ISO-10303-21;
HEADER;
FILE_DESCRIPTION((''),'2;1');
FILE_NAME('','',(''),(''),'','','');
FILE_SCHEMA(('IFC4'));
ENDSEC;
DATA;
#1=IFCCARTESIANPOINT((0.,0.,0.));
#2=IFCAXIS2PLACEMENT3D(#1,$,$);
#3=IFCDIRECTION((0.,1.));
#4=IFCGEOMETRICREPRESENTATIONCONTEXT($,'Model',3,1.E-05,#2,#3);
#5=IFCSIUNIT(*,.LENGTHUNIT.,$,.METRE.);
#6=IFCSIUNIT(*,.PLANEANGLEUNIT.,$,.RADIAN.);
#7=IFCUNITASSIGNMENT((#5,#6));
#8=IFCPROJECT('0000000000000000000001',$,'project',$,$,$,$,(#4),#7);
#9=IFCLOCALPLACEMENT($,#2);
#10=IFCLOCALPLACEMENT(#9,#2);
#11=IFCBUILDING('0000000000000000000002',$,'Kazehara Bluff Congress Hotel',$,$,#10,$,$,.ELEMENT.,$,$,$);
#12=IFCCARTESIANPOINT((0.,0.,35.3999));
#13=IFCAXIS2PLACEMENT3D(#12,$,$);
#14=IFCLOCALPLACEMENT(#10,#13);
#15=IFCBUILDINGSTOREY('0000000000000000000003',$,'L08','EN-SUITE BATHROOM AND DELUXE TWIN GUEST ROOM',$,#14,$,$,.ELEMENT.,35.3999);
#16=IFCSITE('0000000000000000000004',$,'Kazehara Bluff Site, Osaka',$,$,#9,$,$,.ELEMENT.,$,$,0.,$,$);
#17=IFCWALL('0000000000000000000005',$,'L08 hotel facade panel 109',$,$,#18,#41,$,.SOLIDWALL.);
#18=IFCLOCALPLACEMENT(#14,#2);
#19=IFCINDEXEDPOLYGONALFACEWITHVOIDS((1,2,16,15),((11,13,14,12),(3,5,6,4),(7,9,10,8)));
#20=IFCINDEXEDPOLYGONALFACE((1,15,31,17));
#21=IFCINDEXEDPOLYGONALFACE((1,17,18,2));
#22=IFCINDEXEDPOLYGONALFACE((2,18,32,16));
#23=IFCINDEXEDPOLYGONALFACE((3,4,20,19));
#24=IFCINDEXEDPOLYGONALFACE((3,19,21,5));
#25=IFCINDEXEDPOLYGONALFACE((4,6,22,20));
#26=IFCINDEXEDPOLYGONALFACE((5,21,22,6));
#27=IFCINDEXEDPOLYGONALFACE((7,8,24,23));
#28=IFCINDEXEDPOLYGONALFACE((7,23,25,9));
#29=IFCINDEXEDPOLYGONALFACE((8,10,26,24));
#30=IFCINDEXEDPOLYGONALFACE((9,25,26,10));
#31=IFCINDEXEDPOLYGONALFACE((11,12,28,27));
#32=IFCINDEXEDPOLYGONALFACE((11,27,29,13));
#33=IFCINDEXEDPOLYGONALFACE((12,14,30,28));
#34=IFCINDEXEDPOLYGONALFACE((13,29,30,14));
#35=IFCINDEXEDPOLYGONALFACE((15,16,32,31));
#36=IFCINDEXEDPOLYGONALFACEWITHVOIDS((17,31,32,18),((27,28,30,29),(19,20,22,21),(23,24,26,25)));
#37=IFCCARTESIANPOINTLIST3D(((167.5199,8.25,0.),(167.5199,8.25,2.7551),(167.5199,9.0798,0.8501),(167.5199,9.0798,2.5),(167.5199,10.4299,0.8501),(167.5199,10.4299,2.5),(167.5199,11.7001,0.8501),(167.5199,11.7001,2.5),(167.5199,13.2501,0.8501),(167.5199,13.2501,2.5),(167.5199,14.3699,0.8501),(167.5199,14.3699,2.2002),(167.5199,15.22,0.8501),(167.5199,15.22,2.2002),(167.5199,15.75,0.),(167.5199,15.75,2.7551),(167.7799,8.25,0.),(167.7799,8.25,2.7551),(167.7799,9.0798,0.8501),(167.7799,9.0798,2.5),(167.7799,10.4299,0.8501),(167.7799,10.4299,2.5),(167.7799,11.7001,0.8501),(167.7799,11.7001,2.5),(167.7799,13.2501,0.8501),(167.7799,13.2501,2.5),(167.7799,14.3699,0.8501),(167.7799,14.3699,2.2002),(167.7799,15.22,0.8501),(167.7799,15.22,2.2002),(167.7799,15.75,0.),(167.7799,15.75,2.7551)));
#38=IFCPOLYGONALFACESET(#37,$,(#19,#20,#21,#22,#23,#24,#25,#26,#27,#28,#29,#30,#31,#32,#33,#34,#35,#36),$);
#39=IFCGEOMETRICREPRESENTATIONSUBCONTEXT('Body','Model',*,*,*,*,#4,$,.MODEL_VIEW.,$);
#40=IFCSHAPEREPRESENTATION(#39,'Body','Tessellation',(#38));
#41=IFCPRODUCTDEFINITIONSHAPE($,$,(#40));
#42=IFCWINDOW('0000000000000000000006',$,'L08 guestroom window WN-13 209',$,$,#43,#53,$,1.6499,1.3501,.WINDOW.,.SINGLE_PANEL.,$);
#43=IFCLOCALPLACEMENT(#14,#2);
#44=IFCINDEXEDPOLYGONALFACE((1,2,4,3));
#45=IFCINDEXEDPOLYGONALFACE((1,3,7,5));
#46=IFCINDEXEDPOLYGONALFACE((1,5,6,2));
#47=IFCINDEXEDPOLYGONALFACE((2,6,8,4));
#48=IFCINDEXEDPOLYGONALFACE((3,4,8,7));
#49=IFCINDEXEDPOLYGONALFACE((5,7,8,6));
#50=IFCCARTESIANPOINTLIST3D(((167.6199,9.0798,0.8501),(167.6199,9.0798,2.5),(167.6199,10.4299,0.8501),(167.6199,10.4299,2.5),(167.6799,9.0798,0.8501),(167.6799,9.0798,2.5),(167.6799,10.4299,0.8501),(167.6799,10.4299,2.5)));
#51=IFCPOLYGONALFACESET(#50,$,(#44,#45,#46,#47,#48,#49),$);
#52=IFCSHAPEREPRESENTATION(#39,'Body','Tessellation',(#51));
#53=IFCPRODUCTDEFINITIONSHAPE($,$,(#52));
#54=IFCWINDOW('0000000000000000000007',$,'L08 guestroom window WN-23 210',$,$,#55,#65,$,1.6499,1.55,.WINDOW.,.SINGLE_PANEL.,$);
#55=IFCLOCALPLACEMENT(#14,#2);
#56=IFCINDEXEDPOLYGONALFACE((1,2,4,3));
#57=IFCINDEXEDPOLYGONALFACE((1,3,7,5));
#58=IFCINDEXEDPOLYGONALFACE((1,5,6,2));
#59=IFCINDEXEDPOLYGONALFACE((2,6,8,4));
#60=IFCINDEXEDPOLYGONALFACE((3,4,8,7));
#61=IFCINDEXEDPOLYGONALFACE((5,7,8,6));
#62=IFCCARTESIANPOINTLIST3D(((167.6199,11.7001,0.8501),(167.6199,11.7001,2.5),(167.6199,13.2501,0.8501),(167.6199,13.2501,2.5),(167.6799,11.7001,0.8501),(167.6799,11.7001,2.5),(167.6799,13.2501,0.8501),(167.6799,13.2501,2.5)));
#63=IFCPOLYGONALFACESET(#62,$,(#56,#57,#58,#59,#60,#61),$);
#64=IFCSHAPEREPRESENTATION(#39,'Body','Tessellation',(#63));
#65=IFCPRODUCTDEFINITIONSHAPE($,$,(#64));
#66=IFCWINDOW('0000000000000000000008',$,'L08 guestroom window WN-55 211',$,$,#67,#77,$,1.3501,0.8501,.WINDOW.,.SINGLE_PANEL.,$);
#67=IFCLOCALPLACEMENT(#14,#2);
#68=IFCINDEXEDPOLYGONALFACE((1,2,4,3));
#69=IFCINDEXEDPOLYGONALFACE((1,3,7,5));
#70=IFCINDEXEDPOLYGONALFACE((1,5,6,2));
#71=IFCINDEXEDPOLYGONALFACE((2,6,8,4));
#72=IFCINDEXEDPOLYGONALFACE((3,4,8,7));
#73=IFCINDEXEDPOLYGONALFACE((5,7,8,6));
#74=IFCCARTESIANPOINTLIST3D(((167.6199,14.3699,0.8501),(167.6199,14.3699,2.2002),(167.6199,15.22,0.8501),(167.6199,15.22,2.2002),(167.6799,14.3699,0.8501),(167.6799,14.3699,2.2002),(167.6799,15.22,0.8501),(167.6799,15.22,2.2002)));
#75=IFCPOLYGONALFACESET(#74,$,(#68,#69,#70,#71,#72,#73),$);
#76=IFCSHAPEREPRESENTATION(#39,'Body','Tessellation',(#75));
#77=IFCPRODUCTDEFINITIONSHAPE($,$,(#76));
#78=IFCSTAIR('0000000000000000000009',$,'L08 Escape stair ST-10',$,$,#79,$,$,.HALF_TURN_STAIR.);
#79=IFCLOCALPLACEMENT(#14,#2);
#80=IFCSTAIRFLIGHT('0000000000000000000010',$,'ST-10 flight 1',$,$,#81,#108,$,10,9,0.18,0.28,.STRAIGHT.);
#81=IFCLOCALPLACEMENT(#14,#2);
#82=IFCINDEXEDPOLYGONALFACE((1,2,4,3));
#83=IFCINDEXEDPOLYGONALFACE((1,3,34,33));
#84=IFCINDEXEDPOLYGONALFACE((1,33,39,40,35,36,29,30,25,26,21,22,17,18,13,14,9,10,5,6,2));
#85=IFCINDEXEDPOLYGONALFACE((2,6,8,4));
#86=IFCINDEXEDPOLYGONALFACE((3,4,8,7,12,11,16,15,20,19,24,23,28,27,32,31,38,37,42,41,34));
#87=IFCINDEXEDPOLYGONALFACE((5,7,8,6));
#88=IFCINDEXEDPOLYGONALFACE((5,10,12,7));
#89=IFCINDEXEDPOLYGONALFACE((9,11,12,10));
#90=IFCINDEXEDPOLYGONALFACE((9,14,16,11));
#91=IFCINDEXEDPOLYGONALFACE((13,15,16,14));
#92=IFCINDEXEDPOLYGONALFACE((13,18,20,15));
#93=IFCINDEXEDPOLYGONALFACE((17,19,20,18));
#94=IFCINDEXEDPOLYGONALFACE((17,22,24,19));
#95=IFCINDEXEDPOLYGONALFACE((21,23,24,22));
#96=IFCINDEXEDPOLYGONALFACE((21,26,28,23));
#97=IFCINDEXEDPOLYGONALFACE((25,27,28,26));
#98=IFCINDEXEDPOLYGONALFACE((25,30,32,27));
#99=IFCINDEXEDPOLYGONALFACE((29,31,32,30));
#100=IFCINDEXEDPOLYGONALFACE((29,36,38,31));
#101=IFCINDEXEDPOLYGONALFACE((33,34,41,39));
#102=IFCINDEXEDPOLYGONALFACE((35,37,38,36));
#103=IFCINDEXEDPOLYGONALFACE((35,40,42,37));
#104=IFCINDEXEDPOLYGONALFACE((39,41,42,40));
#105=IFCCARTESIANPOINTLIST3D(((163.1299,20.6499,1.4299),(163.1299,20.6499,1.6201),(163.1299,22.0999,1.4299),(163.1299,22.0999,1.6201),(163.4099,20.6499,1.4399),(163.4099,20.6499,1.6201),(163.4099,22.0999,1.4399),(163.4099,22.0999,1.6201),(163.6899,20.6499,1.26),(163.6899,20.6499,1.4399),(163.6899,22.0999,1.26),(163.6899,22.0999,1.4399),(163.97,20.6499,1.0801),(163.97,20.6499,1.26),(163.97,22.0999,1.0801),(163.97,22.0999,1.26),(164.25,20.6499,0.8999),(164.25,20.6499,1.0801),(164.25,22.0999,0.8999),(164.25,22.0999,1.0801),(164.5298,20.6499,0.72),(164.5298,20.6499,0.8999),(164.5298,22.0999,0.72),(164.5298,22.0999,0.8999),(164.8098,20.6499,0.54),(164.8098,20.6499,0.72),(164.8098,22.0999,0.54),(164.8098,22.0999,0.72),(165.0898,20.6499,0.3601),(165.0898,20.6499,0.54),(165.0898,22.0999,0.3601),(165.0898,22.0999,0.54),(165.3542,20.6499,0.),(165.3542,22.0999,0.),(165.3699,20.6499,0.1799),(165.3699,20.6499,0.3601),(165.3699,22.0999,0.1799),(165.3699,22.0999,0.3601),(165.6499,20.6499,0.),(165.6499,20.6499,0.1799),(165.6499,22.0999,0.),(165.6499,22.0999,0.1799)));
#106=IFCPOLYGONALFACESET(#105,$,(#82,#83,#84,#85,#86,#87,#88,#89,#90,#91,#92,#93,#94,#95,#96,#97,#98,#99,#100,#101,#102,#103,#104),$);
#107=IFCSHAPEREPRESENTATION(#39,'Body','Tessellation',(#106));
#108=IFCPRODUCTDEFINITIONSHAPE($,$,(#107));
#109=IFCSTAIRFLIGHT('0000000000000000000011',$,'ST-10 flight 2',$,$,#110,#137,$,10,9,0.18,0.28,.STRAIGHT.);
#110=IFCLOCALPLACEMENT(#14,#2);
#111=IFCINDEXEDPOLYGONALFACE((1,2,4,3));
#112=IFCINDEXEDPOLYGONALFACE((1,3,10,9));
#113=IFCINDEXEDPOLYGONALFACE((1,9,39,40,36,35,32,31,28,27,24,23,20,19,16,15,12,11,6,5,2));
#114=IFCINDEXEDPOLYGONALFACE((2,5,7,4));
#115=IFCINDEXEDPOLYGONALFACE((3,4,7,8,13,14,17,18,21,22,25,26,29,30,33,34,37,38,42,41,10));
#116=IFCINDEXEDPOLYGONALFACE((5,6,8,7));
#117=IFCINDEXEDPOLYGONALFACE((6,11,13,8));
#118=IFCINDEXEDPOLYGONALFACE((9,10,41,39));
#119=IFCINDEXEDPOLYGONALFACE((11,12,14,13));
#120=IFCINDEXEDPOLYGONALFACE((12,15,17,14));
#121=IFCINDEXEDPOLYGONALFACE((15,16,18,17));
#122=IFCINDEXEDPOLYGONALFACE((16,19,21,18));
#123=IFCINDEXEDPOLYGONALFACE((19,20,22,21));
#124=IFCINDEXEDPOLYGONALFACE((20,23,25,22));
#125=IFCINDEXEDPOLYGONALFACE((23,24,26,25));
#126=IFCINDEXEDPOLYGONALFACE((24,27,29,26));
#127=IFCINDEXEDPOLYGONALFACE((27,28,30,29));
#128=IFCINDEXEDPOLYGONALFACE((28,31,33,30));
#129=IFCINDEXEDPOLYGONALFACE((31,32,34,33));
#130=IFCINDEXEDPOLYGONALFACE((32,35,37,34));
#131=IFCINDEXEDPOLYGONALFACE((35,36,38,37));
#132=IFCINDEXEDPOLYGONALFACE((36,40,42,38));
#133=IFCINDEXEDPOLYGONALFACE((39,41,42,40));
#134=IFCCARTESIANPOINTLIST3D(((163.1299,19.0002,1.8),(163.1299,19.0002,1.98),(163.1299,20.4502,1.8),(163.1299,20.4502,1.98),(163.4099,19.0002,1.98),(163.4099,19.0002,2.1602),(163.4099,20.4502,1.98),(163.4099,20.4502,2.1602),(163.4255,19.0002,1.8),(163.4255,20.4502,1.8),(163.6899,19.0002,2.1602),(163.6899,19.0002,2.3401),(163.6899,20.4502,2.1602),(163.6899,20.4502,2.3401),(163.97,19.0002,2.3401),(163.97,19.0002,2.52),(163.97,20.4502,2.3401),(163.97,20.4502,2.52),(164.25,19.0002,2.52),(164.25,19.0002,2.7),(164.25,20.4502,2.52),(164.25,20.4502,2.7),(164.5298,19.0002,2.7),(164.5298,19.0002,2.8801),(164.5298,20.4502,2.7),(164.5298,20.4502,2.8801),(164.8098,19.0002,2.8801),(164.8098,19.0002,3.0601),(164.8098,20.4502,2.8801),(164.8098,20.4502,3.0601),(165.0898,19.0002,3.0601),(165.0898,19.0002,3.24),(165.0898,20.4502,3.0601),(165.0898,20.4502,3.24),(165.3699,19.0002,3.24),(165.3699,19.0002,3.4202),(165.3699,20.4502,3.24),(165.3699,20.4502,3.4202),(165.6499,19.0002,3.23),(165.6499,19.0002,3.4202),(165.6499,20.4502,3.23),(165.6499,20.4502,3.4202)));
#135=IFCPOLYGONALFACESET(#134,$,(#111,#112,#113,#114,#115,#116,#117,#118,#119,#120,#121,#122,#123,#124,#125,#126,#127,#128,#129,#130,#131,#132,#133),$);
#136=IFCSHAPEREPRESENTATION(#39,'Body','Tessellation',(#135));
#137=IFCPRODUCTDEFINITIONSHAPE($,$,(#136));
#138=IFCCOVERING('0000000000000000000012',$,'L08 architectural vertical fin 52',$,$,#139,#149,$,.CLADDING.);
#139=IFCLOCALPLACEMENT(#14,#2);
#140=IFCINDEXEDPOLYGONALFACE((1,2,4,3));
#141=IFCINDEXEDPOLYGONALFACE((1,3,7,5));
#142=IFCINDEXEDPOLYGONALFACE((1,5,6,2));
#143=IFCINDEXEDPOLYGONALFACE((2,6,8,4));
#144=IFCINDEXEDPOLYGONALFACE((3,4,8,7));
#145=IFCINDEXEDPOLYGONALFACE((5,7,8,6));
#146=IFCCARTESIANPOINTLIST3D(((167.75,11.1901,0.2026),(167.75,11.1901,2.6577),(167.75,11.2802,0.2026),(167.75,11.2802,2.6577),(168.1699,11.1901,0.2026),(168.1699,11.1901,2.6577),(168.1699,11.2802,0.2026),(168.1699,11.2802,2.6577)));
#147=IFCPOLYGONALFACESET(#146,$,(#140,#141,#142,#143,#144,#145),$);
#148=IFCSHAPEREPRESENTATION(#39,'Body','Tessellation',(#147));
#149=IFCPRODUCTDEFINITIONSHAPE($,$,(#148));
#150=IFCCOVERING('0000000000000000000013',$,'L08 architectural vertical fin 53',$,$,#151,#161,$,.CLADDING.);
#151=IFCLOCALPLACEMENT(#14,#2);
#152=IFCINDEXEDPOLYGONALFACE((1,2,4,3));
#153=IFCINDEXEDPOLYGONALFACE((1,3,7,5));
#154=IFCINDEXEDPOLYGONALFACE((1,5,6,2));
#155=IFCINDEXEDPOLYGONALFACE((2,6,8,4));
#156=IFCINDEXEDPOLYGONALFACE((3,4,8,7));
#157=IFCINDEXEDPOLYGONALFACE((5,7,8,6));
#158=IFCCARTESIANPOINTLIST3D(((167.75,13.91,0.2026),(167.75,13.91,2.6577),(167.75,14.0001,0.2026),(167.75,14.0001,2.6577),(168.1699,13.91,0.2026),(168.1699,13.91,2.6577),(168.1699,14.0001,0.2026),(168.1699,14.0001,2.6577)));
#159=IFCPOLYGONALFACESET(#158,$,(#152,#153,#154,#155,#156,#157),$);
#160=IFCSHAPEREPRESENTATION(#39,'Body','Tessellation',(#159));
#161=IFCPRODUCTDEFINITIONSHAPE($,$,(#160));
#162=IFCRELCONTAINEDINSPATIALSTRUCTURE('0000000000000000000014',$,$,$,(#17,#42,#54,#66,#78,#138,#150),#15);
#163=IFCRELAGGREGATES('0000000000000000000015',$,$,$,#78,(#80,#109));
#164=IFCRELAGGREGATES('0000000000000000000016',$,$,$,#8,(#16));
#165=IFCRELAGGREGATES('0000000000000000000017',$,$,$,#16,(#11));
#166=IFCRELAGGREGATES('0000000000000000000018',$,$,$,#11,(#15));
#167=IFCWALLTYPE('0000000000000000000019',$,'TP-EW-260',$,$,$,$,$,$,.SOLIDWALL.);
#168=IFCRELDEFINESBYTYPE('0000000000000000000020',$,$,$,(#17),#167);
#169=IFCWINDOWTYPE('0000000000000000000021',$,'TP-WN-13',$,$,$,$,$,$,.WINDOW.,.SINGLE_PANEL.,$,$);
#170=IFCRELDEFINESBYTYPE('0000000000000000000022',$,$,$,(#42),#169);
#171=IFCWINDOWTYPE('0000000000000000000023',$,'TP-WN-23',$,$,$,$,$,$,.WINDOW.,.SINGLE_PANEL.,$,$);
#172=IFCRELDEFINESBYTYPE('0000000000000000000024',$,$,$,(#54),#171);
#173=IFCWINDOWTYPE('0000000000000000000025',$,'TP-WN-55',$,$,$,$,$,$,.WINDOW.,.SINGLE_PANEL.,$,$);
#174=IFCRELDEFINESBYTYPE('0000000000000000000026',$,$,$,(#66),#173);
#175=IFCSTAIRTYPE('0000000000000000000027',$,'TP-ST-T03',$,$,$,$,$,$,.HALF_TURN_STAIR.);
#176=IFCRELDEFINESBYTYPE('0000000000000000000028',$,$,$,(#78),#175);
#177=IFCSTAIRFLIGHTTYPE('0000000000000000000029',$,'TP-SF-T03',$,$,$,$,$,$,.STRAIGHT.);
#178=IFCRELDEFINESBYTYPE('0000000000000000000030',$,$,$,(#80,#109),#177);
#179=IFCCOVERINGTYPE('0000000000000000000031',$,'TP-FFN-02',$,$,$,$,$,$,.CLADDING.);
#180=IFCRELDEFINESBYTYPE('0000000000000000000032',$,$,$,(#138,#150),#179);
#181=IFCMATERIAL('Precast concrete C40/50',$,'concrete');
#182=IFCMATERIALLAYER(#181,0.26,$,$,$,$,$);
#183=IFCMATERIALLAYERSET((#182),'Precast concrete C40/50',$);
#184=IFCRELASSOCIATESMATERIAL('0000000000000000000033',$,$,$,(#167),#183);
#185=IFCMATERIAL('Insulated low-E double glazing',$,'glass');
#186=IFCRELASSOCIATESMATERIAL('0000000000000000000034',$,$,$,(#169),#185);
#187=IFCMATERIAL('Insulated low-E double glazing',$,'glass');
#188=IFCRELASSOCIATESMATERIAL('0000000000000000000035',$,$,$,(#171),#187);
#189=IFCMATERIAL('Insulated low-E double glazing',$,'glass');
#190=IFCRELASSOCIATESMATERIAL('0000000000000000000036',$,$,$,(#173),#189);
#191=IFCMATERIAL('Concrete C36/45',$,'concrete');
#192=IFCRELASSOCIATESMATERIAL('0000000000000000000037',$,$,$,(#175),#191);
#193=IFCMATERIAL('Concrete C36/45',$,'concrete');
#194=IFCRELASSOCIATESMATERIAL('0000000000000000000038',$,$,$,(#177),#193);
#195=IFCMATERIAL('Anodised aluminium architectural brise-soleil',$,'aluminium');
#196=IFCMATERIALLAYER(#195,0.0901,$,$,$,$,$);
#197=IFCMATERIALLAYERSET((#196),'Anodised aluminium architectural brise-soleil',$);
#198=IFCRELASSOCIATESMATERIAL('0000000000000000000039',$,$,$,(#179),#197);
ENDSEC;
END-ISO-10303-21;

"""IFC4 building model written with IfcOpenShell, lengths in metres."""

from ifc_helpers import new_model, si_unit, direction, frame, frame_2d, origin, origin_2d, place, context, subcontext, project, spatial, polyline, rectangle, outline, extrude, material, layer, layer_set, type_object, element, fill, aggregate, save


model = new_model("IFC4")

# Units and contexts
model_context = context("Model", 3, precision=1e-05, world=origin(), true_north=direction((0.0, 1.0)))
body_context = subcontext(model_context, "Body", "Model", "MODEL_VIEW")
ifc_project = project(units=[si_unit("LENGTHUNIT", "METRE"), si_unit("PLANEANGLEUNIT", "RADIAN")], contexts=[model_context])

# Site, building, storey
site_placement = place(None, origin())
site = spatial("IfcSite", under=ifc_project, at=site_placement, Name="Kazehara Bluff Site, Osaka", CompositionType="ELEMENT", RefElevation=0.0)
building_placement = place(site_placement, origin())
building = spatial("IfcBuilding", under=site, at=building_placement, Name="Kazehara Bluff Congress Hotel", CompositionType="ELEMENT")
storey_placement = place(building_placement, frame((0.0, 0.0, 35.3999)))
storey = spatial("IfcBuildingStorey", under=building, at=storey_placement, Name="L08", Description="EN-SUITE BATHROOM AND DELUXE TWIN GUEST ROOM", CompositionType="ELEMENT", Elevation=35.3999)

# Wall, openings, windows
ifc_material_1 = material(Name="Precast concrete C40/50", Category="concrete")
ifc_layer_1 = layer(ifc_material_1, 0.26)
ifc_layer_set_1 = layer_set([ifc_layer_1], Name="Precast concrete C40/50")
wall_type_1 = type_object("IfcWallType", Name="TP-EW-260", PredefinedType="SOLIDWALL", material=ifc_layer_set_1)
wall_1_placement = place(storey_placement, frame((167.6499, 15.75, 0.0), z_axis=(0.0, 0.0, 1.0), x_axis=(0.0, -1.0, 0.0)))
wall_1 = element("IfcWall", 1, at=wall_1_placement, inside=storey, type_object=wall_type_1, Name="L08 hotel facade panel 109", PredefinedType="SOLIDWALL", context=body_context, shape_type="SweptSolid", body=[
    extrude(rectangle(XDim=7.5, YDim=0.26, at=frame_2d((3.75, 0.0))), origin(), (0.0, 0.0, 1.0), 2.7551),
])
opening_1_placement = place(wall_1_placement, frame((5.3201, 0.0, 0.8501)))
opening_1 = element("IfcOpeningElement", 2, at=opening_1_placement, cuts=wall_1, PredefinedType="OPENING", context=body_context, shape_type="SweptSolid", body=[
    extrude(rectangle(XDim=1.3501, YDim=1.6499, at=frame_2d((0.675, 0.825))), frame((0.0, 0.1399, 0.0), z_axis=(0.0, -1.0, 0.0), x_axis=(1.0, 0.0, 0.0)), (0.0, 0.0, 1.0), 0.28),
])
opening_2_placement = place(wall_1_placement, frame((2.5, 0.0, 0.8501)))
opening_2 = element("IfcOpeningElement", 3, at=opening_2_placement, cuts=wall_1, PredefinedType="OPENING", context=body_context, shape_type="SweptSolid", body=[
    extrude(rectangle(XDim=1.55, YDim=1.6499, at=frame_2d((0.7749, 0.825))), frame((0.0, 0.1399, 0.0), z_axis=(0.0, -1.0, 0.0), x_axis=(1.0, 0.0, 0.0)), (0.0, 0.0, 1.0), 0.28),
])
opening_3_placement = place(wall_1_placement, frame((0.53, 0.0, 0.8501)))
opening_3 = element("IfcOpeningElement", 4, at=opening_3_placement, cuts=wall_1, PredefinedType="OPENING", context=body_context, shape_type="SweptSolid", body=[
    extrude(rectangle(XDim=0.8501, YDim=1.3501, at=frame_2d((0.425, 0.675))), frame((0.0, 0.1399, 0.0), z_axis=(0.0, -1.0, 0.0), x_axis=(1.0, 0.0, 0.0)), (0.0, 0.0, 1.0), 0.28),
])
ifc_material_2 = material(Name="Insulated low-E double glazing", Category="glass")
window_type_1 = type_object("IfcWindowType", Name="TP-WN-13", PartitioningType="SINGLE_PANEL", PredefinedType="WINDOW", material=ifc_material_2)
window_1_placement = place(opening_1_placement, origin())
window_1 = element("IfcWindow", 5, at=window_1_placement, inside=storey, type_object=window_type_1, Name="L08 guestroom window WN-13 209", OverallHeight=1.6499, OverallWidth=1.3501, PartitioningType="SINGLE_PANEL", PredefinedType="WINDOW", context=body_context, shape_type="SweptSolid", body=[
    extrude(rectangle(XDim=1.3501, YDim=1.6499, at=frame_2d((0.675, 0.825))), frame((0.0, 0.03, 0.0), z_axis=(0.0, -1.0, 0.0), x_axis=(1.0, 0.0, 0.0)), (0.0, 0.0, 1.0), 0.0601),
])
fill(opening_1, window_1)
ifc_material_3 = material(Name="Insulated low-E double glazing", Category="glass")
window_type_2 = type_object("IfcWindowType", Name="TP-WN-23", PartitioningType="SINGLE_PANEL", PredefinedType="WINDOW", material=ifc_material_3)
window_2_placement = place(opening_2_placement, origin())
window_2 = element("IfcWindow", 6, at=window_2_placement, inside=storey, type_object=window_type_2, Name="L08 guestroom window WN-23 210", OverallHeight=1.6499, OverallWidth=1.55, PartitioningType="SINGLE_PANEL", PredefinedType="WINDOW", context=body_context, shape_type="SweptSolid", body=[
    extrude(rectangle(XDim=1.55, YDim=1.6499, at=frame_2d((0.7749, 0.825))), frame((0.0, 0.03, 0.0), z_axis=(0.0, -1.0, 0.0), x_axis=(1.0, 0.0, 0.0)), (0.0, 0.0, 1.0), 0.0601),
])
fill(opening_2, window_2)
ifc_material_4 = material(Name="Insulated low-E double glazing", Category="glass")
window_type_3 = type_object("IfcWindowType", Name="TP-WN-55", PartitioningType="SINGLE_PANEL", PredefinedType="WINDOW", material=ifc_material_4)
window_3_placement = place(opening_3_placement, origin())
window_3 = element("IfcWindow", 7, at=window_3_placement, inside=storey, type_object=window_type_3, Name="L08 guestroom window WN-55 211", OverallHeight=1.3501, OverallWidth=0.8501, PartitioningType="SINGLE_PANEL", PredefinedType="WINDOW", context=body_context, shape_type="SweptSolid", body=[
    extrude(rectangle(XDim=0.8501, YDim=1.3501, at=frame_2d((0.425, 0.675))), frame((0.0, 0.03, 0.0), z_axis=(0.0, -1.0, 0.0), x_axis=(1.0, 0.0, 0.0)), (0.0, 0.0, 1.0), 0.0601),
])
fill(opening_3, window_3)

# Stair, stair flights
ifc_material_5 = material(Name="Concrete C36/45", Category="concrete")
stair_type = type_object("IfcStairType", Name="TP-ST-T03", PredefinedType="HALF_TURN_STAIR", material=ifc_material_5)
stair_placement = place(storey_placement, origin())
stair = element("IfcStair", 8, at=stair_placement, inside=storey, type_object=stair_type, Name="L08 Escape stair ST-10", PredefinedType="HALF_TURN_STAIR")
ifc_material_6 = material(Name="Concrete C36/45", Category="concrete")
stair_flight_type = type_object("IfcStairFlightType", Name="TP-SF-T03", PredefinedType="STRAIGHT", material=ifc_material_6)
stair_flight_1_placement = place(storey_placement, frame((165.6499, 21.375, 0.0), z_axis=(0.0, 0.0, 1.0), x_axis=(-1.0, 0.0, 0.0)))
stair_flight_1 = element("IfcStairFlight", 9, at=stair_flight_1_placement, type_object=stair_flight_type, Name="ST-10 flight 1", NumberOfRisers=10, NumberOfTreads=9, PredefinedType="STRAIGHT", RiserHeight=0.18, TreadLength=0.28, context=body_context, shape_type="SweptSolid", body=[
    extrude(outline(polyline([(0.0, 0.0), (0.0, 0.1799), (0.28, 0.1799), (0.28, 0.3601), (0.5601, 0.3601), (0.5601, 0.54), (0.8401, 0.54), (0.8401, 0.72), (1.1201, 0.72), (1.1201, 0.8999), (1.3999, 0.8999), (1.3999, 1.0801), (1.6799, 1.0801), (1.6799, 1.26), (1.96, 1.26), (1.96, 1.4399), (2.24, 1.4399), (2.24, 1.6201), (2.52, 1.6201), (2.52, 1.8), (2.52, 1.4299), (0.2957, 0.0), (0.0, 0.0)])), frame((0.0, 0.7251, 0.0), z_axis=(0.0, -1.0, 0.0), x_axis=(1.0, 0.0, 0.0)), (0.0, 0.0, 1.0), 1.45),
])
stair_flight_2_placement = place(storey_placement, frame((163.1299, 19.7251, 1.8), z_axis=(0.0, 0.0, 1.0), x_axis=(1.0, 0.0, 0.0)))
stair_flight_2 = element("IfcStairFlight", 10, at=stair_flight_2_placement, type_object=stair_flight_type, Name="ST-10 flight 2", NumberOfRisers=10, NumberOfTreads=9, PredefinedType="STRAIGHT", RiserHeight=0.18, TreadLength=0.28, context=body_context, shape_type="SweptSolid", body=[
    extrude(outline(polyline([(0.0, 0.0), (0.0, 0.1799), (0.28, 0.1799), (0.28, 0.3601), (0.5601, 0.3601), (0.5601, 0.54), (0.8401, 0.54), (0.8401, 0.72), (1.1201, 0.72), (1.1201, 0.8999), (1.3999, 0.8999), (1.3999, 1.0801), (1.6799, 1.0801), (1.6799, 1.26), (1.96, 1.26), (1.96, 1.4399), (2.24, 1.4399), (2.24, 1.6201), (2.52, 1.6201), (2.52, 1.8), (2.52, 1.4299), (0.2957, 0.0), (0.0, 0.0)])), frame((0.0, 0.7251, 0.0), z_axis=(0.0, -1.0, 0.0), x_axis=(1.0, 0.0, 0.0)), (0.0, 0.0, 1.0), 1.45),
])
aggregate(stair, [stair_flight_1, stair_flight_2])

# Coverings
ifc_material_7 = material(Name="Anodised aluminium architectural brise-soleil", Category="aluminium")
ifc_layer_2 = layer(ifc_material_7, 0.0901)
ifc_layer_set_2 = layer_set([ifc_layer_2], Name="Anodised aluminium architectural brise-soleil")
covering_type = type_object("IfcCoveringType", Name="TP-FFN-02", PredefinedType="CLADDING", material=ifc_layer_set_2)
for number, where, z_axis, x_axis, name in (
    (11, (167.96, 11.2351, 0.2026), (0.0, 0.0, 1.0), (1.0, 0.0, 0.0), "L08 architectural vertical fin 52"),
    (12, (167.96, 13.9551, 0.2026), (0.0, 0.0, 1.0), (1.0, 0.0, 0.0), "L08 architectural vertical fin 53"),
):
    element("IfcCovering", number, at=place(storey_placement, frame(where, z_axis=z_axis, x_axis=x_axis)), inside=storey, type_object=covering_type, Name=name, PredefinedType="CLADDING", context=body_context, shape_type="SweptSolid", body=[
        extrude(rectangle(XDim=0.4199, YDim=0.0901, at=origin_2d()), origin(), (0.0, 0.0, 1.0), 2.4551),
    ])

save(model, "model.ifc")
